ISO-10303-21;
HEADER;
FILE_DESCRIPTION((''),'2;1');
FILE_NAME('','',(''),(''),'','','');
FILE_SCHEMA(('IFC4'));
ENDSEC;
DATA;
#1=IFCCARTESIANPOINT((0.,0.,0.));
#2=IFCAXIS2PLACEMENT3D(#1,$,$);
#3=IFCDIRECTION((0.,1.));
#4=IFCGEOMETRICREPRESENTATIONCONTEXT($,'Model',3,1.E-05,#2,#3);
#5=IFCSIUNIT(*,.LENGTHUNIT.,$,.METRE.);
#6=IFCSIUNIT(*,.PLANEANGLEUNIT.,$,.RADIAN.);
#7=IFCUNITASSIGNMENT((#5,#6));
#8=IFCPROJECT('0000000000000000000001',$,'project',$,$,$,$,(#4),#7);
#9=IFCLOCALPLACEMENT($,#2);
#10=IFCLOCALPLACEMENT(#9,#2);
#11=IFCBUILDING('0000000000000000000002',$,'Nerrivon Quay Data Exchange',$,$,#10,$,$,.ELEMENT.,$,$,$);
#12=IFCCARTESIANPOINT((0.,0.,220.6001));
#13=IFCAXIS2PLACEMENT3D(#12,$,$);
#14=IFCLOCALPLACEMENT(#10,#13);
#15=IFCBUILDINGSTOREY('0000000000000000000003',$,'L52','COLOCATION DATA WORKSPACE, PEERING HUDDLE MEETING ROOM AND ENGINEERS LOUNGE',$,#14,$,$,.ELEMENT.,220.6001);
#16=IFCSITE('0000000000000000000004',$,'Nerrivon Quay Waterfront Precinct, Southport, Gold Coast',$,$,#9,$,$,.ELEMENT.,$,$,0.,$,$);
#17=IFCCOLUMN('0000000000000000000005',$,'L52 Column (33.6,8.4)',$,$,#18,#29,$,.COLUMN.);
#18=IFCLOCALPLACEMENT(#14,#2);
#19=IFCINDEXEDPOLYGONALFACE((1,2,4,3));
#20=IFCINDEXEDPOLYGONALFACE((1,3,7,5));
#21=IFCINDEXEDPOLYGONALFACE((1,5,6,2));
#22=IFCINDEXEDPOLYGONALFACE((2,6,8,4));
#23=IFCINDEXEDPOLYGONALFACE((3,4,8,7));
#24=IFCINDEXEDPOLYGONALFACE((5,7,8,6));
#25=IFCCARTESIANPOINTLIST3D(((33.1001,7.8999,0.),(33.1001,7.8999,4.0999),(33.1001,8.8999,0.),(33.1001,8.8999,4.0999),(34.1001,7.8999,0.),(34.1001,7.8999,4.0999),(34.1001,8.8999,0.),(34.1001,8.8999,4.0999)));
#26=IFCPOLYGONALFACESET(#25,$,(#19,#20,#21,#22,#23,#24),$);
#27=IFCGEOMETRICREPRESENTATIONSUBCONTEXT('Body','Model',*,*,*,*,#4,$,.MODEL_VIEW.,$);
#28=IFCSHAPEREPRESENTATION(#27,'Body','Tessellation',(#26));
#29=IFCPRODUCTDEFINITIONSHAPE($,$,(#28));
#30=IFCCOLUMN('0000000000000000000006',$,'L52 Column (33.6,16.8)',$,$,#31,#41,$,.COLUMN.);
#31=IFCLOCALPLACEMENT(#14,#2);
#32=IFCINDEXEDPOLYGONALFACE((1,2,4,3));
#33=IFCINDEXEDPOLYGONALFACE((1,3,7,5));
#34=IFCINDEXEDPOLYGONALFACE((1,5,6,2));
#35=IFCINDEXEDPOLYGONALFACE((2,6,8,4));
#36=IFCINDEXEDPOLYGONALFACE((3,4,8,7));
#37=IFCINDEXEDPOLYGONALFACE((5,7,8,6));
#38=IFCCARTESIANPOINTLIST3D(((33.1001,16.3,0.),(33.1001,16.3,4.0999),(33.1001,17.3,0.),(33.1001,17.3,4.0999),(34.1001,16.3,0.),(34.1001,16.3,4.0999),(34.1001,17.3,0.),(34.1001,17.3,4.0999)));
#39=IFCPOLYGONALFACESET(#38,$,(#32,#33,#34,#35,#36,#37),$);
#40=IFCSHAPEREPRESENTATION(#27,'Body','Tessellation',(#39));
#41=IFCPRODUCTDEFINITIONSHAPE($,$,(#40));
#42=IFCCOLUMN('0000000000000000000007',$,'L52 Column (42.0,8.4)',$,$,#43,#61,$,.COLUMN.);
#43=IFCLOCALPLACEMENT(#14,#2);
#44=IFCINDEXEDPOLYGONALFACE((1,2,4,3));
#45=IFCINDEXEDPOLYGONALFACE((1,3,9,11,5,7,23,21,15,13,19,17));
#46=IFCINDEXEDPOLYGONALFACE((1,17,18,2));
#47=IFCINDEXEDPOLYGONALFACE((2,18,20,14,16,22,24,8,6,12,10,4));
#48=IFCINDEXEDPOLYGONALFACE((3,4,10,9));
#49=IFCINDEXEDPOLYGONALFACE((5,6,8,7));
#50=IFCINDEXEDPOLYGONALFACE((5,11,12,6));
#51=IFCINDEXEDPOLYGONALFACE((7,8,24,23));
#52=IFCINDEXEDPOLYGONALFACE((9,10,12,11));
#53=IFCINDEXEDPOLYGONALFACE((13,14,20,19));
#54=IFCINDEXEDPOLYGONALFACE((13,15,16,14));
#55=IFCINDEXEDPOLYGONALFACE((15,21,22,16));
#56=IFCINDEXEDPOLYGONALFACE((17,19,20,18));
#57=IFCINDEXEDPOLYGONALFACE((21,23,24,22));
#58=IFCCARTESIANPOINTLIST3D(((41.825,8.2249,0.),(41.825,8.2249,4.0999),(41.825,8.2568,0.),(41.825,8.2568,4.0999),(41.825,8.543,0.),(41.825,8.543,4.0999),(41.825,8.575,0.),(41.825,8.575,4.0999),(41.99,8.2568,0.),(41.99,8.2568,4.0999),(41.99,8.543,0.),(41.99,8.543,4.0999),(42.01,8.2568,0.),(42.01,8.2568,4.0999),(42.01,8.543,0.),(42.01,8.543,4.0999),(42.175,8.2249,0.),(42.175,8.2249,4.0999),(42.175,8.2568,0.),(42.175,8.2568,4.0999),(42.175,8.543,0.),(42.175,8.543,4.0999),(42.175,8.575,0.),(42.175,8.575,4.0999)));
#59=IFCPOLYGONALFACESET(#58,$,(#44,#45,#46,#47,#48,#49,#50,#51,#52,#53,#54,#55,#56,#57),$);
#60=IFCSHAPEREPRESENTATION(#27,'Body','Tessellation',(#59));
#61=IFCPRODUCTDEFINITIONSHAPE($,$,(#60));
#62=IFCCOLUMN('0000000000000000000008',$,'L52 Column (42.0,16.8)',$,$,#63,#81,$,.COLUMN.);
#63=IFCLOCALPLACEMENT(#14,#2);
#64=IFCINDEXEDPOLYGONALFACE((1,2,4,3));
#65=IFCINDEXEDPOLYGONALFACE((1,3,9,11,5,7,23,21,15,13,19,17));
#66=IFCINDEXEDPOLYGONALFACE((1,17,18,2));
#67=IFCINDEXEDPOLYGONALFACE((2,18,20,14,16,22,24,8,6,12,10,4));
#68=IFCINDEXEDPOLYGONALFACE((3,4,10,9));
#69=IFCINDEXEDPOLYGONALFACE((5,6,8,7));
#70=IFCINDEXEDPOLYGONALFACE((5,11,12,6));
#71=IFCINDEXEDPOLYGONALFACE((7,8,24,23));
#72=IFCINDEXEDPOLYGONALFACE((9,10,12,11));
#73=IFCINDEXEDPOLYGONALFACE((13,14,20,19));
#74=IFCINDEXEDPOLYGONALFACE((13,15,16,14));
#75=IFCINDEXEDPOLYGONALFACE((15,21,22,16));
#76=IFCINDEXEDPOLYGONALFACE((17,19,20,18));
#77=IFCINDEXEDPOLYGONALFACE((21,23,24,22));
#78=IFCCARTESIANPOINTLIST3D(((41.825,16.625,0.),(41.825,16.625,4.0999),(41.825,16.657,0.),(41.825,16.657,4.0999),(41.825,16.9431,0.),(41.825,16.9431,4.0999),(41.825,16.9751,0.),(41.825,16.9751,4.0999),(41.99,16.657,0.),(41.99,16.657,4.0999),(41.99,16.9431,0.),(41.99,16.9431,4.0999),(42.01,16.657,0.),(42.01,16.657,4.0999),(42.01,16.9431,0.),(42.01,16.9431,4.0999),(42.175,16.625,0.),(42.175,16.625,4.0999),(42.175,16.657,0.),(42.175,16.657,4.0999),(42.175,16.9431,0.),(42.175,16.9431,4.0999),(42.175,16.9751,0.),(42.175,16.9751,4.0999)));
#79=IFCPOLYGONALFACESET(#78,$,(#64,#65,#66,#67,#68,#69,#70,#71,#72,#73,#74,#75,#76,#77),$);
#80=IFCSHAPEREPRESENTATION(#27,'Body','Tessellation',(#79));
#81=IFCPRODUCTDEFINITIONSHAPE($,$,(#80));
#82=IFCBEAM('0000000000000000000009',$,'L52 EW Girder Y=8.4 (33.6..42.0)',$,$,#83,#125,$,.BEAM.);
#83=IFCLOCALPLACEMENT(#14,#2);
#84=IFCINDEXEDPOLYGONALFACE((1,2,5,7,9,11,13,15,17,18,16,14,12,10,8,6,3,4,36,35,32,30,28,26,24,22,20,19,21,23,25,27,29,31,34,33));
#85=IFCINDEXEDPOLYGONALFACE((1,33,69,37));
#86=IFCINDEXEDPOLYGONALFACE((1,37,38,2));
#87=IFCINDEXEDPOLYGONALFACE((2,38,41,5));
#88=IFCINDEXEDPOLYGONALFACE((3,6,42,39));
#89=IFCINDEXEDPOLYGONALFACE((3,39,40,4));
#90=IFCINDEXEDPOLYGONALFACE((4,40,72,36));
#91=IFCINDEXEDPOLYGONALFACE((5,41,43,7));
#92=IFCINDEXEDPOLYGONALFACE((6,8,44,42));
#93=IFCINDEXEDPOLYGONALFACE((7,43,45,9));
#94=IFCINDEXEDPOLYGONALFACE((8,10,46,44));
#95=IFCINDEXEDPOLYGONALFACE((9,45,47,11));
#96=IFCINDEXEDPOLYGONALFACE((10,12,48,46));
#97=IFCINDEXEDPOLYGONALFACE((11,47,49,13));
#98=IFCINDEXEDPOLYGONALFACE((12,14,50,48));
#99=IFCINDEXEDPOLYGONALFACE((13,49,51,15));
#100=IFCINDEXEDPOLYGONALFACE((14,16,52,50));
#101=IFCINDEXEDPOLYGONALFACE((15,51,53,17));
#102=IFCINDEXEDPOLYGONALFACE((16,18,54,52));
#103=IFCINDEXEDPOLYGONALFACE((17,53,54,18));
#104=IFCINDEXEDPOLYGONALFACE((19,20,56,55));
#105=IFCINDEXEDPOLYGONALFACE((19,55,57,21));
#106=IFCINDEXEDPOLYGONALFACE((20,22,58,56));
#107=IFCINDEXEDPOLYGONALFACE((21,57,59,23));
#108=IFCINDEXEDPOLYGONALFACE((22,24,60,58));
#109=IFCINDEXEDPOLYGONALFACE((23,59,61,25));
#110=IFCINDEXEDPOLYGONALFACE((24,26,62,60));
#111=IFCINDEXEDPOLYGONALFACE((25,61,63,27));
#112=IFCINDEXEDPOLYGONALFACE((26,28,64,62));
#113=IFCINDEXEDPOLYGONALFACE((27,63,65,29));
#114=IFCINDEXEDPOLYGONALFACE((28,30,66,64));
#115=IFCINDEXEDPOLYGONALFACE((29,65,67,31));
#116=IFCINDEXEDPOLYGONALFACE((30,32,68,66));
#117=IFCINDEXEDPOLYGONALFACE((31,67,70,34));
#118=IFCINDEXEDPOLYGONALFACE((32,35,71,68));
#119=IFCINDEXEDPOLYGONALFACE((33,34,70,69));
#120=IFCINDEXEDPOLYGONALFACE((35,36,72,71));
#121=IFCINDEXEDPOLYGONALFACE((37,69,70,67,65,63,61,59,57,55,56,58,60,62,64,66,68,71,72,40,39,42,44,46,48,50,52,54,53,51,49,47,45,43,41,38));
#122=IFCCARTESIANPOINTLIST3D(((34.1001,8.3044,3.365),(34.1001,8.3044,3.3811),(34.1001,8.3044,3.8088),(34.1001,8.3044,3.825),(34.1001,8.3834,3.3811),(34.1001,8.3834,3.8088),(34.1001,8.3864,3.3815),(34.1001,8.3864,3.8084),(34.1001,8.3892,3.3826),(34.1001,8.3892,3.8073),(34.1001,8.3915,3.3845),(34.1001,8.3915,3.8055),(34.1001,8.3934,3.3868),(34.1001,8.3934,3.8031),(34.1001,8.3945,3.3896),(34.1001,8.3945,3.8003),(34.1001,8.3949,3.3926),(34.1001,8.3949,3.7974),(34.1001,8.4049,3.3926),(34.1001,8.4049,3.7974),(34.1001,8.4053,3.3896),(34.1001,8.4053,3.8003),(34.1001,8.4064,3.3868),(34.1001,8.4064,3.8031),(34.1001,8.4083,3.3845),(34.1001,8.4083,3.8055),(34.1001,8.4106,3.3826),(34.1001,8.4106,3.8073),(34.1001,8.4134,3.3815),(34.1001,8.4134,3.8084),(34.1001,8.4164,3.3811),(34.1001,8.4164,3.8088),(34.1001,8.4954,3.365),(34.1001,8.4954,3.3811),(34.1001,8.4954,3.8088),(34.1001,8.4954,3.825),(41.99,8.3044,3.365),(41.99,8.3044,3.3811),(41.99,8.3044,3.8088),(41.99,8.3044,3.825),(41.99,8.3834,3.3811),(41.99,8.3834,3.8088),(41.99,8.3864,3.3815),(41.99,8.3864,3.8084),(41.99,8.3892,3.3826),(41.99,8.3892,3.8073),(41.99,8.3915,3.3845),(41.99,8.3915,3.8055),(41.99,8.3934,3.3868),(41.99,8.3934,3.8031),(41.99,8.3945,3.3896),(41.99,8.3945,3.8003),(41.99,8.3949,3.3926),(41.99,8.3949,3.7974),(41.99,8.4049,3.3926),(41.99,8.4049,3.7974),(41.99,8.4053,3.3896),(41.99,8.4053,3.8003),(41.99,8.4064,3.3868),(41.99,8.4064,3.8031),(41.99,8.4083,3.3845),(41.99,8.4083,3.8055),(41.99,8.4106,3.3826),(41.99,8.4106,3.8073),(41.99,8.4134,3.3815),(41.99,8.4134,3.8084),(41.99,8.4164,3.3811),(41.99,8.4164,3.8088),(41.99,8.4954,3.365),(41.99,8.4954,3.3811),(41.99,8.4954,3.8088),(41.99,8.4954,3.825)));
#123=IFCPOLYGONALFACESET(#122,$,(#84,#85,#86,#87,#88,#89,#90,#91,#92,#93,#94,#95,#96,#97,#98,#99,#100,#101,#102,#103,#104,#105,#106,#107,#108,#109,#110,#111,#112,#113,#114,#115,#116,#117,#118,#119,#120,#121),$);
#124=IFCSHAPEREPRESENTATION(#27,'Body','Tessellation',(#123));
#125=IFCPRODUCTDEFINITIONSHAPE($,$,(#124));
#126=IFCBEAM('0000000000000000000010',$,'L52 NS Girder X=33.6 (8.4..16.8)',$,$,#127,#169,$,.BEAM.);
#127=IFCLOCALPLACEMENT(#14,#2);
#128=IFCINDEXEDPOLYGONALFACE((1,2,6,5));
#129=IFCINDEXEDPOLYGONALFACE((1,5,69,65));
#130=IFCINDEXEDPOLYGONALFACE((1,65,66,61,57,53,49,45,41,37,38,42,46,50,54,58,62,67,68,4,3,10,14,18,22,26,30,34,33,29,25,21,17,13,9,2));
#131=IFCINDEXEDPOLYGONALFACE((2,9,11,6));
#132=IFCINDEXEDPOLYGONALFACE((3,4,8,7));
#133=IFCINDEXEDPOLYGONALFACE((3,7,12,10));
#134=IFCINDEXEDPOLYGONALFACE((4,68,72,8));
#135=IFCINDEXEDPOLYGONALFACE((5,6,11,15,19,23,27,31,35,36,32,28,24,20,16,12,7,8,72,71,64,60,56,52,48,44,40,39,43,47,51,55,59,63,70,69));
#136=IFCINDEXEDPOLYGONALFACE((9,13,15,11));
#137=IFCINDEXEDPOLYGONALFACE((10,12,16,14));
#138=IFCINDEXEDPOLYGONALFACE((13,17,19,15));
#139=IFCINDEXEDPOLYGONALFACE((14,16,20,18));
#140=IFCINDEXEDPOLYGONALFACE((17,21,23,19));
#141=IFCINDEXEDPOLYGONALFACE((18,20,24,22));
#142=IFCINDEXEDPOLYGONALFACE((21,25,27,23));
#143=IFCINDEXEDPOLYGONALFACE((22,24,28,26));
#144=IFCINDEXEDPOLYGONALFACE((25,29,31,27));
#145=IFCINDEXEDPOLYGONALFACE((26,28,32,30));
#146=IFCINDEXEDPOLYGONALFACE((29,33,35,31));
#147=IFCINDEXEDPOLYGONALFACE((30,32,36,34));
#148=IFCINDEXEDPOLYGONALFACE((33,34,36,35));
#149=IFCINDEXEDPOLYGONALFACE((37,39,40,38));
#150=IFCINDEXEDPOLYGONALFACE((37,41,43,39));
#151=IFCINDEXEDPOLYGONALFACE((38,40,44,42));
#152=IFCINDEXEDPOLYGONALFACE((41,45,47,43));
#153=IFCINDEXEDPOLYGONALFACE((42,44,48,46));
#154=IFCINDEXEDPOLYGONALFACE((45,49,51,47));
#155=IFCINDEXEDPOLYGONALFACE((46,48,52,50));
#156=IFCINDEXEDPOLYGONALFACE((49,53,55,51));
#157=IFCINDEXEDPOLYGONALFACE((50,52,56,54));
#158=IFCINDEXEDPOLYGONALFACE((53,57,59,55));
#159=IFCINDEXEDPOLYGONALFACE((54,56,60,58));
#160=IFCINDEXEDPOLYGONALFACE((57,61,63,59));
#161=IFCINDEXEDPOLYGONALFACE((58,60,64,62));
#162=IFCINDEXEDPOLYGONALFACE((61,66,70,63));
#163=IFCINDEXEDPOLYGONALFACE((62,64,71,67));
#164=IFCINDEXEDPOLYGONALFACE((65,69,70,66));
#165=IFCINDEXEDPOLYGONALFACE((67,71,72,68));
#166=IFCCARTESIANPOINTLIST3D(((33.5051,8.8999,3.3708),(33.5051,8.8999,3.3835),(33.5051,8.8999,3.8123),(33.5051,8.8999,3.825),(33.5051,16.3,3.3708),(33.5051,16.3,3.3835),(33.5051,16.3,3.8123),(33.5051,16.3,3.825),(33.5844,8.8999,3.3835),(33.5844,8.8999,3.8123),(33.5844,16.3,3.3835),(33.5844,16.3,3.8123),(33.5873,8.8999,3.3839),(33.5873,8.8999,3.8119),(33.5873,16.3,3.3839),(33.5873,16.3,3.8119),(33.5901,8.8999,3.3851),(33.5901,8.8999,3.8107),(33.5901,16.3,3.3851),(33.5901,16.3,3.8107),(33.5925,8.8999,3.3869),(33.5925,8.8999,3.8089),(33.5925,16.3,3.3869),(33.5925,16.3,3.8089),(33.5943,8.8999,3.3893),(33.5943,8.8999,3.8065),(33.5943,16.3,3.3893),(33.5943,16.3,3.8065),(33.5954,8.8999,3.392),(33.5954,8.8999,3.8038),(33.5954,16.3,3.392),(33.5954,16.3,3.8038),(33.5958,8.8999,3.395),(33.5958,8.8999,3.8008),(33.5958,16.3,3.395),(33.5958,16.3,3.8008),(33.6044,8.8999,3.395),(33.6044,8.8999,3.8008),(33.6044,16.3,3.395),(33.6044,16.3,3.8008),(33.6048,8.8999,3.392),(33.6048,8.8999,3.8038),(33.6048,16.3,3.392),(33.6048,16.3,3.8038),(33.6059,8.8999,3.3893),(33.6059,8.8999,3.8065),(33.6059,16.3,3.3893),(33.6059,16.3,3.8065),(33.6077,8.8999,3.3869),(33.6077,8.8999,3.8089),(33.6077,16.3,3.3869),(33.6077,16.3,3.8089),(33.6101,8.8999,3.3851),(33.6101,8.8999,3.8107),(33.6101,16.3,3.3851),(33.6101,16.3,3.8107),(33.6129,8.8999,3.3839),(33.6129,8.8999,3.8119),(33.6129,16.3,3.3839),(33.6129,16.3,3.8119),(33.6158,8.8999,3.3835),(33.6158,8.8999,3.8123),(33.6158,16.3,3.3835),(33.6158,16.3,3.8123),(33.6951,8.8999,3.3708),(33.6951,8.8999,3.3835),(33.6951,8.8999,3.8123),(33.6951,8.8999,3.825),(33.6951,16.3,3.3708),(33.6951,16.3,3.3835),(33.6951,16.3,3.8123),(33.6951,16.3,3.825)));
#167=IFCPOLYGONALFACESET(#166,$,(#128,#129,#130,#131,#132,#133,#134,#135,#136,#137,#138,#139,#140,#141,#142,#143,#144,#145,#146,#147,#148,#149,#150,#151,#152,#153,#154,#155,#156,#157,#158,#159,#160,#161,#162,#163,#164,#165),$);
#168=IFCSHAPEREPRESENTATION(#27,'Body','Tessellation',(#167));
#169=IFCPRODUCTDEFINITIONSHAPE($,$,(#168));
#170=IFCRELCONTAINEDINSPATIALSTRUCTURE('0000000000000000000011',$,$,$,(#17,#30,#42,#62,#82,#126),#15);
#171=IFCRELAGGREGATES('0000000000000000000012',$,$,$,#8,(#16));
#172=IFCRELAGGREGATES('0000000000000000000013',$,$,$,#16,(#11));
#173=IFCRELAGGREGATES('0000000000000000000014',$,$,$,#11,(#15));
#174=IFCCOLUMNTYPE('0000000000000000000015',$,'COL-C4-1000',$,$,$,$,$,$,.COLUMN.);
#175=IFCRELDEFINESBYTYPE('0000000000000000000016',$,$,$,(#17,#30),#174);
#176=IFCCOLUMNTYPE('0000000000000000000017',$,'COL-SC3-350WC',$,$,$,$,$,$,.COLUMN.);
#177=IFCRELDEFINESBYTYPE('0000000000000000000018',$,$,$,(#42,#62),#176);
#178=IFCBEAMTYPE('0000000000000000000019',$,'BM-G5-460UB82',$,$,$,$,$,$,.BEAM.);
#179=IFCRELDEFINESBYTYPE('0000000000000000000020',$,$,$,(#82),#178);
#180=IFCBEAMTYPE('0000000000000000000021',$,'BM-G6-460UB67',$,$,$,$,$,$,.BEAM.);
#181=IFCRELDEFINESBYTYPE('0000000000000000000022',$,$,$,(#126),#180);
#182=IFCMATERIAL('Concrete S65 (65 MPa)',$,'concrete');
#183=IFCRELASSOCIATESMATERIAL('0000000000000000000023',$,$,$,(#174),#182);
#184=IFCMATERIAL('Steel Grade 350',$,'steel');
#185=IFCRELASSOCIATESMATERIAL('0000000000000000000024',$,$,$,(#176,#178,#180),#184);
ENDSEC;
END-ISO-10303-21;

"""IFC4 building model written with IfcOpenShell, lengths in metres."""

from ifc_helpers import new_model, si_unit, direction, frame, origin, origin_2d, place, context, subcontext, project, spatial, rectangle, i_section, extrude, material, material_profile, profile_set, type_object, element, save


model = new_model("IFC4")

# Units and contexts
model_context = context("Model", 3, precision=1e-05, world=origin(), true_north=direction((0.0, 1.0)))
body_context = subcontext(model_context, "Body", "Model", "MODEL_VIEW")
ifc_project = project(units=[si_unit("LENGTHUNIT", "METRE"), si_unit("PLANEANGLEUNIT", "RADIAN")], contexts=[model_context])

# Site, building, storey
site_placement = place(None, origin())
site = spatial("IfcSite", under=ifc_project, at=site_placement, Name="Nerrivon Quay Waterfront Precinct, Southport, Gold Coast", CompositionType="ELEMENT", RefElevation=0.0)
building_placement = place(site_placement, origin())
building = spatial("IfcBuilding", under=site, at=building_placement, Name="Nerrivon Quay Data Exchange", CompositionType="ELEMENT")
storey_placement = place(building_placement, frame((0.0, 0.0, 220.6001)))
storey = spatial("IfcBuildingStorey", under=building, at=storey_placement, Name="L52", Description="COLOCATION DATA WORKSPACE, PEERING HUDDLE MEETING ROOM AND ENGINEERS LOUNGE", CompositionType="ELEMENT", Elevation=220.6001)

# Columns
ifc_material_1 = material(Name="Concrete S65 (65 MPa)", Category="concrete")
ifc_material_profile_1 = material_profile(ifc_material_1, rectangle(XDim=1.0, YDim=1.0, at=origin_2d()), Name="RC-COL-1000x1000")
ifc_profile_set_1 = profile_set([ifc_material_profile_1], Name="Concrete S65 (65 MPa)")
column_type_1 = type_object("IfcColumnType", Name="COL-C4-1000", PredefinedType="COLUMN", material=ifc_profile_set_1)
for number, where, z_axis, x_axis, name in (
    (1, (33.6001, 8.3999, 0.0), (0.0, 0.0, 1.0), (1.0, 0.0, 0.0), "L52 Column (33.6,8.4)"),
    (2, (33.6001, 16.8, 0.0), (0.0, 0.0, 1.0), (1.0, 0.0, 0.0), "L52 Column (33.6,16.8)"),
):
    element("IfcColumn", number, at=place(storey_placement, frame(where, z_axis=z_axis, x_axis=x_axis)), inside=storey, type_object=column_type_1, Name=name, PredefinedType="COLUMN", context=body_context, shape_type="SweptSolid", body=[
        extrude(rectangle(XDim=1.0, YDim=1.0, at=origin_2d()), origin(), (0.0, 0.0, 1.0), 4.0999),
    ])
ifc_material_2 = material(Name="Steel Grade 350", Category="steel")
ifc_material_profile_2 = material_profile(ifc_material_2, i_section(OverallWidth=0.3501, OverallDepth=0.3501, WebThickness=0.02, FlangeThickness=0.032, at=origin_2d()), Name="350WC230")
ifc_profile_set_2 = profile_set([ifc_material_profile_2], Name="Steel Grade 350")
column_type_2 = type_object("IfcColumnType", Name="COL-SC3-350WC", PredefinedType="COLUMN", material=ifc_profile_set_2)
for number, where, z_axis, x_axis, name in (
    (3, (42.0, 8.3999, 0.0), (0.0, 0.0, 1.0), (1.0, 0.0, 0.0), "L52 Column (42.0,8.4)"),
    (4, (42.0, 16.8, 0.0), (0.0, 0.0, 1.0), (1.0, 0.0, 0.0), "L52 Column (42.0,16.8)"),
):
    element("IfcColumn", number, at=place(storey_placement, frame(where, z_axis=z_axis, x_axis=x_axis)), inside=storey, type_object=column_type_2, Name=name, PredefinedType="COLUMN", context=body_context, shape_type="SweptSolid", body=[
        extrude(i_section(OverallWidth=0.3501, OverallDepth=0.3501, WebThickness=0.02, FlangeThickness=0.032, at=origin_2d()), origin(), (0.0, 0.0, 1.0), 4.0999),
    ])

# Beams
ifc_material_profile_3 = material_profile(ifc_material_2, i_section(OverallWidth=0.1909, OverallDepth=0.46, WebThickness=0.01, FlangeThickness=0.0161, FilletRadius=0.0115, at=origin_2d()), Name="460UB82.1")
ifc_profile_set_3 = profile_set([ifc_material_profile_3], Name="Steel Grade 350")
beam_type_1 = type_object("IfcBeamType", Name="BM-G5-460UB82", PredefinedType="BEAM", material=ifc_profile_set_3)
beam_1_placement = place(storey_placement, frame((34.1001, 8.3999, 3.595), z_axis=(1.0, 0.0, 0.0), x_axis=(0.0, 1.0, 0.0)))
element("IfcBeam", 5, at=beam_1_placement, inside=storey, type_object=beam_type_1, Name="L52 EW Girder Y=8.4 (33.6..42.0)", PredefinedType="BEAM", context=body_context, shape_type="SweptSolid", body=[
    extrude(i_section(OverallWidth=0.1909, OverallDepth=0.46, WebThickness=0.01, FlangeThickness=0.0161, FilletRadius=0.0115, at=origin_2d()), origin(), (0.0, 0.0, 1.0), 7.8899),
])
ifc_material_profile_4 = material_profile(ifc_material_2, i_section(OverallWidth=0.1899, OverallDepth=0.4541, WebThickness=0.0085, FlangeThickness=0.0127, FilletRadius=0.0115, at=origin_2d()), Name="460UB67.1")
ifc_profile_set_4 = profile_set([ifc_material_profile_4], Name="Steel Grade 350")
beam_type_2 = type_object("IfcBeamType", Name="BM-G6-460UB67", PredefinedType="BEAM", material=ifc_profile_set_4)
beam_2_placement = place(storey_placement, frame((33.6001, 8.8999, 3.5979), z_axis=(0.0, 1.0, 0.0), x_axis=(-1.0, 0.0, 0.0)))
element("IfcBeam", 6, at=beam_2_placement, inside=storey, type_object=beam_type_2, Name="L52 NS Girder X=33.6 (8.4..16.8)", PredefinedType="BEAM", context=body_context, shape_type="SweptSolid", body=[
    extrude(i_section(OverallWidth=0.1899, OverallDepth=0.4541, WebThickness=0.0085, FlangeThickness=0.0127, FilletRadius=0.0115, at=origin_2d()), origin(), (0.0, 0.0, 1.0), 7.4001),
])

save(model, "model.ifc")
